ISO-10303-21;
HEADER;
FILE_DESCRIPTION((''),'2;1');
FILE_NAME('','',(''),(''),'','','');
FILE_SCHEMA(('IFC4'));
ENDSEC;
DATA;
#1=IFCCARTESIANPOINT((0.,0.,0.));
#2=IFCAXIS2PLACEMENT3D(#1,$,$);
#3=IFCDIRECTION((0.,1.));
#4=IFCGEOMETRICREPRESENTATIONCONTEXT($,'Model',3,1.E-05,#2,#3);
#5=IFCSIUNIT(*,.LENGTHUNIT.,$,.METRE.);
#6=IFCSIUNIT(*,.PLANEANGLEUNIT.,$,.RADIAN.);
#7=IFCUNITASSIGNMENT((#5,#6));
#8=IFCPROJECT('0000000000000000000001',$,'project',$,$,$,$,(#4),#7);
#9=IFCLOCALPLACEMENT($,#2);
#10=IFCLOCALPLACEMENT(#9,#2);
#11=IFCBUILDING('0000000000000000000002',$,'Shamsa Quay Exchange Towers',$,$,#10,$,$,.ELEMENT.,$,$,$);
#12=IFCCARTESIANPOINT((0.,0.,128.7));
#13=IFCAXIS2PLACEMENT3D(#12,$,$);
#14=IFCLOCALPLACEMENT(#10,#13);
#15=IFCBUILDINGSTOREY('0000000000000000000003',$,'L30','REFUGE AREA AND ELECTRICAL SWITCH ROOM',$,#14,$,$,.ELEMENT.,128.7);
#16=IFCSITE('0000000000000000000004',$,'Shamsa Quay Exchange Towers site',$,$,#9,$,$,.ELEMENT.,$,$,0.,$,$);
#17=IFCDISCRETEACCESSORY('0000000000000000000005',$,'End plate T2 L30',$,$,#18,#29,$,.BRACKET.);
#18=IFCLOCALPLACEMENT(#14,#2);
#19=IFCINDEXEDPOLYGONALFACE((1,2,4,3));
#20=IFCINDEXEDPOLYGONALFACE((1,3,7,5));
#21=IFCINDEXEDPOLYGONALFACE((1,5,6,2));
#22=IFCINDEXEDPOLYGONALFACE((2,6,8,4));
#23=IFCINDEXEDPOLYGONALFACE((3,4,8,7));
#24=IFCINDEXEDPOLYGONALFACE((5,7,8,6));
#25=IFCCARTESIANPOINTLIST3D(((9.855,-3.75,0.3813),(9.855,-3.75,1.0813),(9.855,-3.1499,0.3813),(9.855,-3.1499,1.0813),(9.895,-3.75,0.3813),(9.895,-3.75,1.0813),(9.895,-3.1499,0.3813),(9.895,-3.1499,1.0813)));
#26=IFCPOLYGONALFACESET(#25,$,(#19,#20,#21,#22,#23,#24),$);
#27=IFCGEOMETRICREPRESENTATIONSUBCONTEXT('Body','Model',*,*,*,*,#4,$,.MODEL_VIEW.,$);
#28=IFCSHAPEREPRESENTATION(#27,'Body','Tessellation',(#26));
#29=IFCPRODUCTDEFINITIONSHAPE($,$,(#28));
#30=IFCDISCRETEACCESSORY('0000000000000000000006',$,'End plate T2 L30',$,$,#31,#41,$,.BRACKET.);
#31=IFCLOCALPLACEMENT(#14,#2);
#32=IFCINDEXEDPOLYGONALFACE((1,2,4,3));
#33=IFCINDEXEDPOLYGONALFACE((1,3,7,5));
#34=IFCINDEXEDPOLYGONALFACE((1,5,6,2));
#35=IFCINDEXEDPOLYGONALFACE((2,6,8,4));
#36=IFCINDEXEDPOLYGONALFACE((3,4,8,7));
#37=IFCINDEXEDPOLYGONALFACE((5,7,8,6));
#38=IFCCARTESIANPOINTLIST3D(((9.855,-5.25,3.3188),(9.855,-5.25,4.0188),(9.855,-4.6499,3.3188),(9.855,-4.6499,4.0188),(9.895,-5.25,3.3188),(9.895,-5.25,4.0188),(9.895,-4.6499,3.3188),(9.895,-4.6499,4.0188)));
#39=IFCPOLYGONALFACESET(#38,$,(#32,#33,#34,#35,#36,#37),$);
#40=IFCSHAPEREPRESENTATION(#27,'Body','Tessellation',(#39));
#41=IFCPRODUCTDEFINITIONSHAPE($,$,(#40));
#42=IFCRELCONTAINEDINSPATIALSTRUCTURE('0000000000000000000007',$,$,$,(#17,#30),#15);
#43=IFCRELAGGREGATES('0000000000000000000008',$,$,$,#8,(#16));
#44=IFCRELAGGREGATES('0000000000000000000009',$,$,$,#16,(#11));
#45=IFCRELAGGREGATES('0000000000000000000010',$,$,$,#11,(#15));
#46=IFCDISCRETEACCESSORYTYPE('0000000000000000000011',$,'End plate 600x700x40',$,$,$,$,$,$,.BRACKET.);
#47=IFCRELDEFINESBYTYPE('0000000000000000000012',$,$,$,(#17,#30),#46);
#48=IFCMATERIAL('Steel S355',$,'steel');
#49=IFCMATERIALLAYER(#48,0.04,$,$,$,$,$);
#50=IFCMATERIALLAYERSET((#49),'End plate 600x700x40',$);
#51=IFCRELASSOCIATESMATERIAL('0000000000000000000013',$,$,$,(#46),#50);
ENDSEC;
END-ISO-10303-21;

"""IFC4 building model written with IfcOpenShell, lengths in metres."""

from ifc_helpers import new_model, si_unit, direction, frame, origin, origin_2d, place, context, subcontext, project, spatial, rectangle, extrude, material, layer, layer_set, type_object, element, save


model = new_model("IFC4")

# Units and contexts
model_context = context("Model", 3, precision=1e-05, world=origin(), true_north=direction((0.0, 1.0)))
body_context = subcontext(model_context, "Body", "Model", "MODEL_VIEW")
ifc_project = project(units=[si_unit("LENGTHUNIT", "METRE"), si_unit("PLANEANGLEUNIT", "RADIAN")], contexts=[model_context])

# Site, building, storey
site_placement = place(None, origin())
site = spatial("IfcSite", under=ifc_project, at=site_placement, Name="Shamsa Quay Exchange Towers site", CompositionType="ELEMENT", RefElevation=0.0)
building_placement = place(site_placement, origin())
building = spatial("IfcBuilding", under=site, at=building_placement, Name="Shamsa Quay Exchange Towers", CompositionType="ELEMENT")
storey_placement = place(building_placement, frame((0.0, 0.0, 128.7)))
storey = spatial("IfcBuildingStorey", under=building, at=storey_placement, Name="L30", Description="REFUGE AREA AND ELECTRICAL SWITCH ROOM", CompositionType="ELEMENT", Elevation=128.7)

# Shared definitions
ifc_material_1 = material(Name="Steel S355", Category="steel")

# Discrete accessories
ifc_layer_1 = layer(ifc_material_1, 0.04)
ifc_layer_set_1 = layer_set([ifc_layer_1], Name="End plate 600x700x40")
discrete_accessory_type_1 = type_object("IfcDiscreteAccessoryType", Name="End plate 600x700x40", PredefinedType="BRACKET", material=ifc_layer_set_1)
for number, where, z_axis, x_axis, name in (
    (1, (9.875, -3.45, 0.3813), (0.0, 0.0, 1.0), (0.0, -1.0, 0.0), "End plate T2 L30"),
    (2, (9.875, -4.95, 3.3188), (0.0, 0.0, 1.0), (0.0, -1.0, 0.0), "End plate T2 L30"),
):
    element("IfcDiscreteAccessory", number, at=place(storey_placement, frame(where, z_axis=z_axis, x_axis=x_axis)), inside=storey, type_object=discrete_accessory_type_1, Name=name, PredefinedType="BRACKET", context=body_context, shape_type="SweptSolid", body=[
        extrude(rectangle(XDim=0.6001, YDim=0.04, at=origin_2d()), origin(), (0.0, 0.0, 1.0), 0.7),
    ])

save(model, "model.ifc")
